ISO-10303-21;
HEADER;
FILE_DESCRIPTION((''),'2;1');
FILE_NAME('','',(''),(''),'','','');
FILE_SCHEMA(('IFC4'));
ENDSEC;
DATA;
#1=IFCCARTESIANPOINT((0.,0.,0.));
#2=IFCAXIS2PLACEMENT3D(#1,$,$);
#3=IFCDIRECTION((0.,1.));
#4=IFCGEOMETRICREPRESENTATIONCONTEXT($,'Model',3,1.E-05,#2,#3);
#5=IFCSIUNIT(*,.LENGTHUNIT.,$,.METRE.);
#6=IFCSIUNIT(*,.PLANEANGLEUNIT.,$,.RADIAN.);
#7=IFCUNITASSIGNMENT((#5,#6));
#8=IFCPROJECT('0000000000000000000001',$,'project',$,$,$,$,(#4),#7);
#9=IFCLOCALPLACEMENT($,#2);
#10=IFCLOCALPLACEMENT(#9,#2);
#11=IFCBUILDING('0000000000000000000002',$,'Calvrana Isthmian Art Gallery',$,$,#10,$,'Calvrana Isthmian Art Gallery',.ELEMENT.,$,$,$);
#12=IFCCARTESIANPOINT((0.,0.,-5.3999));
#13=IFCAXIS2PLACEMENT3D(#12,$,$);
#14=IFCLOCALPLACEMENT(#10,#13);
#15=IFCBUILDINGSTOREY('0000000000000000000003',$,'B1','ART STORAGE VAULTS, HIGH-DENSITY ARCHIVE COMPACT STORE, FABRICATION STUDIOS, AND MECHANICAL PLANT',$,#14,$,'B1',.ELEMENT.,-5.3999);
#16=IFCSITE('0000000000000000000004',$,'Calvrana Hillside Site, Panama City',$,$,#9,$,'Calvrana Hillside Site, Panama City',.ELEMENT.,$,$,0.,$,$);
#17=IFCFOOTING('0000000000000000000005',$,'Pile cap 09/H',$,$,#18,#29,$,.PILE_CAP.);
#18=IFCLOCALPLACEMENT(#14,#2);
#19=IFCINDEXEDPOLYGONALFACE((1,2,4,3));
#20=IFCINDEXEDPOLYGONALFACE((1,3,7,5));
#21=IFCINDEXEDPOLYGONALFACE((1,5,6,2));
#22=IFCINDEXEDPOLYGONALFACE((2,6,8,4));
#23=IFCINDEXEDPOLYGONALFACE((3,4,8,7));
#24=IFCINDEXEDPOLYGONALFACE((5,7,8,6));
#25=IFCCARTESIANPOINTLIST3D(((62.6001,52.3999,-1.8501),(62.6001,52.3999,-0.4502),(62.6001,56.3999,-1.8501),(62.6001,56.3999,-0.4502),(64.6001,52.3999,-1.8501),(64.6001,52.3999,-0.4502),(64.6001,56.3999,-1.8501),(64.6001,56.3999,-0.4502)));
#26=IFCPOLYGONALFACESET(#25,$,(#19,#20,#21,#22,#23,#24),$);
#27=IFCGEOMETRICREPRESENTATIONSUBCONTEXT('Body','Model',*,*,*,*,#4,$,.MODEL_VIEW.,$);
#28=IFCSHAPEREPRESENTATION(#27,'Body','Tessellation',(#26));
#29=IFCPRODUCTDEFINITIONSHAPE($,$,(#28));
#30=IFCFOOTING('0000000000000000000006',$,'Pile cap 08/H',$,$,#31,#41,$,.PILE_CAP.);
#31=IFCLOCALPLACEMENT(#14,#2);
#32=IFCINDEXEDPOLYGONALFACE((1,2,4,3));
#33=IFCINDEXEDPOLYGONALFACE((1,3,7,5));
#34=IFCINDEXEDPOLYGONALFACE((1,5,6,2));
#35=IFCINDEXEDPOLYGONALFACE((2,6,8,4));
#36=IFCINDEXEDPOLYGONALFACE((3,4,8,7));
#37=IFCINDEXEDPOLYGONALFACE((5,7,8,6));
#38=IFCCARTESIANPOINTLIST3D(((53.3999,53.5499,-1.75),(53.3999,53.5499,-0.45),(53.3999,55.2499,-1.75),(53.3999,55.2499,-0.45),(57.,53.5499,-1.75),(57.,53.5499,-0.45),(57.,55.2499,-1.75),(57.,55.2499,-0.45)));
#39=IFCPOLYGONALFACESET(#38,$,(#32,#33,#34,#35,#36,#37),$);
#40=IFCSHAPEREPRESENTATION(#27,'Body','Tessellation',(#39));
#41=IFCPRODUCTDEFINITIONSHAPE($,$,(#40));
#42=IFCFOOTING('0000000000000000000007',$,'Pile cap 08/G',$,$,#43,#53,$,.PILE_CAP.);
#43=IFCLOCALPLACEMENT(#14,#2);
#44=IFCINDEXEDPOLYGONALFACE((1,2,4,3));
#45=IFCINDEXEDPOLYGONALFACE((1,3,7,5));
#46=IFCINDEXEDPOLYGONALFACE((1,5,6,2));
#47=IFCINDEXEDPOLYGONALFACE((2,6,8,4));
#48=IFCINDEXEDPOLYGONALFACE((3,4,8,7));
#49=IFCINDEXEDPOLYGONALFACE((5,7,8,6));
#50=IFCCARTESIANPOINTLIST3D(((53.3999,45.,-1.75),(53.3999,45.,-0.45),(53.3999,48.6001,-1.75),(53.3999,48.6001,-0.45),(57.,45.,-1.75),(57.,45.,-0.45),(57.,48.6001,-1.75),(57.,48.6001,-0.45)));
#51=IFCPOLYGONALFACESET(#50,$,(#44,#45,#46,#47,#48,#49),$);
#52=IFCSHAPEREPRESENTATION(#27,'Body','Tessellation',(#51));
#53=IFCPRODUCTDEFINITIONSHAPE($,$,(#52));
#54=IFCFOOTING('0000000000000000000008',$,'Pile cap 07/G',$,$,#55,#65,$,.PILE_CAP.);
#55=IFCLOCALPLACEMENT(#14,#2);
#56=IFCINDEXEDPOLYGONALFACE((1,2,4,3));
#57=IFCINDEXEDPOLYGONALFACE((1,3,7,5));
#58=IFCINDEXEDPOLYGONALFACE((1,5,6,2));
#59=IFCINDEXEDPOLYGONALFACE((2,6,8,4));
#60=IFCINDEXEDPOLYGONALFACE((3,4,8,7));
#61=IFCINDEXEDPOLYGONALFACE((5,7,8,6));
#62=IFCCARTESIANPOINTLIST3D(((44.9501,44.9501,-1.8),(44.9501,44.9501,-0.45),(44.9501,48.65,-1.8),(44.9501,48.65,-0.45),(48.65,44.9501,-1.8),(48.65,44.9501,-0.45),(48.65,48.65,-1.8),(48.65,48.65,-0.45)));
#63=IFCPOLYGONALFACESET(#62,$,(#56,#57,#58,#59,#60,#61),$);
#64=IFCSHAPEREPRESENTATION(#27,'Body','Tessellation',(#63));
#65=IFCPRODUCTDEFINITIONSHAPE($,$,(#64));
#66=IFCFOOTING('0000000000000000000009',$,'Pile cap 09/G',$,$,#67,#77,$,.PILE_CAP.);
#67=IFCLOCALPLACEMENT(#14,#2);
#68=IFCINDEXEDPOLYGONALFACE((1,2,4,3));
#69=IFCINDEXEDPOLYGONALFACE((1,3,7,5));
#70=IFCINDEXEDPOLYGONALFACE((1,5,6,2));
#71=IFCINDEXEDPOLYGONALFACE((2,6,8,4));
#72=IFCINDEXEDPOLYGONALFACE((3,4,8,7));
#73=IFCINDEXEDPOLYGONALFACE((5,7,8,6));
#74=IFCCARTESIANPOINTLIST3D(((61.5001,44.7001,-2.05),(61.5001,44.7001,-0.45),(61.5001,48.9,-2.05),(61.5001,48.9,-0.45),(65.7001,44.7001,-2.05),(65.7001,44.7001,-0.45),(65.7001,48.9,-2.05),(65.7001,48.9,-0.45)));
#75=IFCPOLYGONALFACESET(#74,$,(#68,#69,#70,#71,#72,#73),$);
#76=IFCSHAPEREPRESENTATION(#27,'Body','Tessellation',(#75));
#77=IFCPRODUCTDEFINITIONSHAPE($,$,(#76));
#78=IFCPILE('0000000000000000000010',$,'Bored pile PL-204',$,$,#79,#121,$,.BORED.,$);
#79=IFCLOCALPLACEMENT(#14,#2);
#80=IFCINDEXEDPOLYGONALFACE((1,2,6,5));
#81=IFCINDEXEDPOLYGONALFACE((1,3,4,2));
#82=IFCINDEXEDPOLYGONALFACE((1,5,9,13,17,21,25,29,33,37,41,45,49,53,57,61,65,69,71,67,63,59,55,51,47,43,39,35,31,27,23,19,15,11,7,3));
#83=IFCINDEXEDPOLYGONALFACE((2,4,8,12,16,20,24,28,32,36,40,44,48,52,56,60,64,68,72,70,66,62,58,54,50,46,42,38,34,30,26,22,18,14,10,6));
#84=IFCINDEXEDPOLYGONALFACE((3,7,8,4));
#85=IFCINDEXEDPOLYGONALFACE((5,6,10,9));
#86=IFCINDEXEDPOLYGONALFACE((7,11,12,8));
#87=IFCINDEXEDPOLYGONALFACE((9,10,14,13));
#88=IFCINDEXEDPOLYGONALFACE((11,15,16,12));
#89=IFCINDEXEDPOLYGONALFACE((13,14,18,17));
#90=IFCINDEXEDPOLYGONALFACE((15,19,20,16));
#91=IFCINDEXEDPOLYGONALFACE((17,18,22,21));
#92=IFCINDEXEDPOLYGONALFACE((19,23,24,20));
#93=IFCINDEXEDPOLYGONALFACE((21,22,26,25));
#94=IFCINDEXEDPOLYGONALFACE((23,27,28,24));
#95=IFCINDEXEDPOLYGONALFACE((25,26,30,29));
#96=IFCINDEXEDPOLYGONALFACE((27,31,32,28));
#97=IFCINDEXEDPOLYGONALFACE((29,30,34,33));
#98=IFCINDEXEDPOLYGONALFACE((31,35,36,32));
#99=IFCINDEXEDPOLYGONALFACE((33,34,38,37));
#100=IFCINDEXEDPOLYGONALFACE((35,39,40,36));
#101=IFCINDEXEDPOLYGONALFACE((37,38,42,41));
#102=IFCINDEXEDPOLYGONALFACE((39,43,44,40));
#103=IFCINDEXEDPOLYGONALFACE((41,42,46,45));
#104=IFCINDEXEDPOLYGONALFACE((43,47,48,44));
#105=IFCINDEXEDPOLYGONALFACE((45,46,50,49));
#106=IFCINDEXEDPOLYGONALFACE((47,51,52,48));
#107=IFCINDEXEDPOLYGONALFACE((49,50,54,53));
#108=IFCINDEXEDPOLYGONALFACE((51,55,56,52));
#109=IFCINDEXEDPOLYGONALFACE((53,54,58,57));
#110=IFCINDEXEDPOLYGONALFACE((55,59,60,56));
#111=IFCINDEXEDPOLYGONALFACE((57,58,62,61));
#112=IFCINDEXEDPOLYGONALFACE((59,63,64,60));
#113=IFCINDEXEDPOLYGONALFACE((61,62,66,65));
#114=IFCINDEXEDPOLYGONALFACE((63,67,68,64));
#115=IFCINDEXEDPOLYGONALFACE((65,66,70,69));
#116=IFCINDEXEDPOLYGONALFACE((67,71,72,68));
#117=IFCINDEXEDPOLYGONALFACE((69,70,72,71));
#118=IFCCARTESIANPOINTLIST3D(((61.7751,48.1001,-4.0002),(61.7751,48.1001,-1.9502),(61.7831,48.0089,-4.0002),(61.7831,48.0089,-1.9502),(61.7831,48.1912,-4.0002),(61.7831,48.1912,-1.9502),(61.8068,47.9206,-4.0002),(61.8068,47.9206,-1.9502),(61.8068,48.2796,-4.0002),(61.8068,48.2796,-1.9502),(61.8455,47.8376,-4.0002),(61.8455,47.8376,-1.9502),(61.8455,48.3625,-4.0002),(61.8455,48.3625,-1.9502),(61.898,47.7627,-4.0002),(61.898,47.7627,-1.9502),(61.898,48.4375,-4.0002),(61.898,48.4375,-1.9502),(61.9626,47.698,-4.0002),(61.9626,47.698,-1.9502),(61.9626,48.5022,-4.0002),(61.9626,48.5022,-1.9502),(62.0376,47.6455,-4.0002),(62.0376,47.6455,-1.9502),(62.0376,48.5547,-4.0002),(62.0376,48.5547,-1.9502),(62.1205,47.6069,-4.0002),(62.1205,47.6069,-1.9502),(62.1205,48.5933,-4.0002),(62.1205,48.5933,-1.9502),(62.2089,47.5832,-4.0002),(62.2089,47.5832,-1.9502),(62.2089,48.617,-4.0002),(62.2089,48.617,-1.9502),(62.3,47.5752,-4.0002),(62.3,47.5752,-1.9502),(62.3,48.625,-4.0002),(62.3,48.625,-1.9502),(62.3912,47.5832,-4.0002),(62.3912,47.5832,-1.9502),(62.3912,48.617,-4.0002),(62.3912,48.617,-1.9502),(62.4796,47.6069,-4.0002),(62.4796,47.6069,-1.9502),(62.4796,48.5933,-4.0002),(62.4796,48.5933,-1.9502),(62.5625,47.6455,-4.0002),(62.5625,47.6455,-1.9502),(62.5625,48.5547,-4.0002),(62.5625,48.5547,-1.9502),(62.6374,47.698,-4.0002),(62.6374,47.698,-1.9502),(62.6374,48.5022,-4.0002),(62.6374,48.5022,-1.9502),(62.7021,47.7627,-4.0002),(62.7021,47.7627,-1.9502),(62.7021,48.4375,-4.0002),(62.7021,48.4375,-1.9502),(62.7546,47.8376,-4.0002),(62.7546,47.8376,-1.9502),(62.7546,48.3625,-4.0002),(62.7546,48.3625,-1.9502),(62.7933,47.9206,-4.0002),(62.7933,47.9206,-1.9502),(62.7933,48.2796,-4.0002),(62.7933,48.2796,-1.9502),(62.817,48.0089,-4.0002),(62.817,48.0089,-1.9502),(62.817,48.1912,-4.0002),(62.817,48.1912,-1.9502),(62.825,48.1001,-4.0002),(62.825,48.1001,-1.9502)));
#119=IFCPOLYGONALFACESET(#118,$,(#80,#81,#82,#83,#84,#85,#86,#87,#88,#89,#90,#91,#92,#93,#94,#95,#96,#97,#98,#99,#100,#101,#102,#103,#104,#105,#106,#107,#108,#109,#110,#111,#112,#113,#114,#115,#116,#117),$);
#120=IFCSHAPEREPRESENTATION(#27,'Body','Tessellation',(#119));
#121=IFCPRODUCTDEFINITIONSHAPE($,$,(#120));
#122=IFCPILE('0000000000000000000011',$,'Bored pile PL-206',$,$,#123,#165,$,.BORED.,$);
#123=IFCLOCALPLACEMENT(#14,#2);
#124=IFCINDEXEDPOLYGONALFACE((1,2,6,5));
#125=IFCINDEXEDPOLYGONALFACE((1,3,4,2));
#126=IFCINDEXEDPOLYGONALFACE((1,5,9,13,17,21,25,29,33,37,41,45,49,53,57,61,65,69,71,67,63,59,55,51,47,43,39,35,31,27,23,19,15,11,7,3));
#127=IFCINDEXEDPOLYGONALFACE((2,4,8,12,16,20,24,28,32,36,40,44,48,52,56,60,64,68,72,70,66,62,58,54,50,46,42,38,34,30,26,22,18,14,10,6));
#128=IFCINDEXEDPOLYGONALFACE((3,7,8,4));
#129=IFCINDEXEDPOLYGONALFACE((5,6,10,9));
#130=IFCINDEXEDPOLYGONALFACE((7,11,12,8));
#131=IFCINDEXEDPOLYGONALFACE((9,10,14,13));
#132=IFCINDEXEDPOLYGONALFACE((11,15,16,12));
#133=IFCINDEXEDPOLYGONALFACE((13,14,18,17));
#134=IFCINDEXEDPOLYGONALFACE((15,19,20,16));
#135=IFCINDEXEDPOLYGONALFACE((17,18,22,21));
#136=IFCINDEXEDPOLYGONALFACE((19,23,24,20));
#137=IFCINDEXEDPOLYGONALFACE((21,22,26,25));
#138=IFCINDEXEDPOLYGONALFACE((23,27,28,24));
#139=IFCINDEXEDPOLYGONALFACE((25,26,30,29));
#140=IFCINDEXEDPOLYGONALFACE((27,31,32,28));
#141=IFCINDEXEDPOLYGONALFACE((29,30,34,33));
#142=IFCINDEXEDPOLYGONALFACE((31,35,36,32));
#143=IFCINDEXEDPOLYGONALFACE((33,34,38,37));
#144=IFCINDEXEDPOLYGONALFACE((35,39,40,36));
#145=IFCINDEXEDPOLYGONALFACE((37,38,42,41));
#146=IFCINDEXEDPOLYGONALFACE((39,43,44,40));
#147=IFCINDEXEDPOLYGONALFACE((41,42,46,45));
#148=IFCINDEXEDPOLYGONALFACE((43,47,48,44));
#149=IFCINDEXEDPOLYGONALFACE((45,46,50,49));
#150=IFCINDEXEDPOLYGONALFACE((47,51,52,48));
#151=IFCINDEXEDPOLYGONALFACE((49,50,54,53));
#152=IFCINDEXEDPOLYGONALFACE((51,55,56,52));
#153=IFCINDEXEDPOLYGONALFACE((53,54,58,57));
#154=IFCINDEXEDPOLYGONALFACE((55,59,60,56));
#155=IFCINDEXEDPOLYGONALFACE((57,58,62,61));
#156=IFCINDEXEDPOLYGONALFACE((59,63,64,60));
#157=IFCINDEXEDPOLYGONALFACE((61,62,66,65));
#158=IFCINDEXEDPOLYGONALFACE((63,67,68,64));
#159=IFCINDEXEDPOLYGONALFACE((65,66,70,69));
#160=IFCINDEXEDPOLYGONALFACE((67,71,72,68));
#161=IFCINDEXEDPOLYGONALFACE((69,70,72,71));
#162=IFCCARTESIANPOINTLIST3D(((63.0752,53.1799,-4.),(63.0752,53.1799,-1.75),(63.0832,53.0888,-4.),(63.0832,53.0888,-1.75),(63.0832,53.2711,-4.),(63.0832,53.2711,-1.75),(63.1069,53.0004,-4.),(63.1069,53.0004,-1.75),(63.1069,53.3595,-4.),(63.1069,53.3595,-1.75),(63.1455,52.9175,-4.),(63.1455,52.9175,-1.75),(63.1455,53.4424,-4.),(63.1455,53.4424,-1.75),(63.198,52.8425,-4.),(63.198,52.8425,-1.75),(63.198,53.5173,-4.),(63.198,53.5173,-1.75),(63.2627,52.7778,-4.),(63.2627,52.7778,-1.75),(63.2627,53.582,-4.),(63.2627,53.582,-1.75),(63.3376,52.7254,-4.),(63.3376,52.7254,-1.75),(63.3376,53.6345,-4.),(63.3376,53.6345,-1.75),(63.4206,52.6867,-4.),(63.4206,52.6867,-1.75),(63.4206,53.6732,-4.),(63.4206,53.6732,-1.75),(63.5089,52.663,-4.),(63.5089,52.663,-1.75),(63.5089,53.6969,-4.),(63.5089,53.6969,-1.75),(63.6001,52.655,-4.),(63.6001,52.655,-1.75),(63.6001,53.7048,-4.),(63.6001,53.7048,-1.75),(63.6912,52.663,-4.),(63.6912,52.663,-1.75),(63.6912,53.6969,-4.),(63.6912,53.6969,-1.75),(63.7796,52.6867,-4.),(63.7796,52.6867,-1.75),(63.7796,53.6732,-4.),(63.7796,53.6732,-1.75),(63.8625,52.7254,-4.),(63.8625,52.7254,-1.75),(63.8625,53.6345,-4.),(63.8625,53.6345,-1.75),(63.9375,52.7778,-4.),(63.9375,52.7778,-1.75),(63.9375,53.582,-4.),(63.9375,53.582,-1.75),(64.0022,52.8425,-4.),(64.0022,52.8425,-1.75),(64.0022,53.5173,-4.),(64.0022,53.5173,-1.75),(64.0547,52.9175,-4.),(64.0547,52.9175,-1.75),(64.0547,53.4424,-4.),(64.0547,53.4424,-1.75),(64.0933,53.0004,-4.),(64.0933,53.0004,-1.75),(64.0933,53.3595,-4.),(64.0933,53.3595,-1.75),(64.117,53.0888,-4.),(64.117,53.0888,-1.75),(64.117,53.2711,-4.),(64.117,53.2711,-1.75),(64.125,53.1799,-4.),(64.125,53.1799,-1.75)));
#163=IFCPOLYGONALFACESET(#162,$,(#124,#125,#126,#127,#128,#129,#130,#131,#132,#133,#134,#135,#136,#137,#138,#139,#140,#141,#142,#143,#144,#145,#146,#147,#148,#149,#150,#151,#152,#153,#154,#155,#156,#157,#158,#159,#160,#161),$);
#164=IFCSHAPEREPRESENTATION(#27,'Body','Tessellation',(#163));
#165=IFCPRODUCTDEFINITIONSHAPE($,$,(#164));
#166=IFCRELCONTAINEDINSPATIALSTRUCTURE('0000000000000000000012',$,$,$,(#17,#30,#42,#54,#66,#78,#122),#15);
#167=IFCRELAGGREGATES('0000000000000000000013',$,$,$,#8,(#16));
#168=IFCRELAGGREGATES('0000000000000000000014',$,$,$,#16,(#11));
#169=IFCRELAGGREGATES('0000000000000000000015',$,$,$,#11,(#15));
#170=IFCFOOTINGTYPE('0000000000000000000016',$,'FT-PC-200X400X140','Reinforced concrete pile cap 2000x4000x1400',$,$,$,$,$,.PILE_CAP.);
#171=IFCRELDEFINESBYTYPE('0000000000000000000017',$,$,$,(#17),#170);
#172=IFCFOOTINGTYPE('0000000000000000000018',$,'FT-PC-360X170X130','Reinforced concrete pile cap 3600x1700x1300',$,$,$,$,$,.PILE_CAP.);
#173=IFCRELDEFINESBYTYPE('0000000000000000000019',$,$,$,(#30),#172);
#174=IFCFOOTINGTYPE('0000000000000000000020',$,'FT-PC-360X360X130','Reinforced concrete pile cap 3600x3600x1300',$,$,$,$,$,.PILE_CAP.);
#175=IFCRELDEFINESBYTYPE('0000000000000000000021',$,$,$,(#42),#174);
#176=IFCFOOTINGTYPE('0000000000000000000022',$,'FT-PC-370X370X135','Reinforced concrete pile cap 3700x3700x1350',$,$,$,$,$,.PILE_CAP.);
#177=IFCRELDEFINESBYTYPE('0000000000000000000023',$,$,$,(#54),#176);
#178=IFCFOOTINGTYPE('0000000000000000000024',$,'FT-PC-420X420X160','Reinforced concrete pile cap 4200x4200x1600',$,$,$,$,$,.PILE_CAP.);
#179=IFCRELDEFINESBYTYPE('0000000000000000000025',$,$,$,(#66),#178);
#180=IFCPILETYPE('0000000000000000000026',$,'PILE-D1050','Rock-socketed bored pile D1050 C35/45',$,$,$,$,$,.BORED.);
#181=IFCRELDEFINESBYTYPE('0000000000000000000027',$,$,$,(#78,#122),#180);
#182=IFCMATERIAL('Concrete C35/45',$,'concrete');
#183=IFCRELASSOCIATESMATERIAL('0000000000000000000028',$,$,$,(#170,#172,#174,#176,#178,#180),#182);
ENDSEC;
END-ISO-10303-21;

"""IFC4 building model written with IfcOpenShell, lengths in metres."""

from ifc_helpers import new_model, si_unit, direction, frame, origin, origin_2d, place, context, subcontext, project, spatial, rectangle, circle, extrude, material, material_profile, profile_set, type_object, element, save


model = new_model("IFC4")

# Units and contexts
model_context = context("Model", 3, precision=1e-05, world=origin(), true_north=direction((0.0, 1.0)))
body_context = subcontext(model_context, "Body", "Model", "MODEL_VIEW")
ifc_project = project(units=[si_unit("LENGTHUNIT", "METRE"), si_unit("PLANEANGLEUNIT", "RADIAN")], contexts=[model_context])

# Site, building, storey
site_placement = place(None, origin())
site = spatial("IfcSite", under=ifc_project, at=site_placement, Name="Calvrana Hillside Site, Panama City", LongName="Calvrana Hillside Site, Panama City", CompositionType="ELEMENT", RefElevation=0.0)
building_placement = place(site_placement, origin())
building = spatial("IfcBuilding", under=site, at=building_placement, Name="Calvrana Isthmian Art Gallery", LongName="Calvrana Isthmian Art Gallery", CompositionType="ELEMENT")
storey_placement = place(building_placement, frame((0.0, 0.0, -5.3999)))
storey = spatial("IfcBuildingStorey", under=building, at=storey_placement, Name="B1", Description="ART STORAGE VAULTS, HIGH-DENSITY ARCHIVE COMPACT STORE, FABRICATION STUDIOS, AND MECHANICAL PLANT", LongName="B1", CompositionType="ELEMENT", Elevation=-5.3999)

# Footings
ifc_material_1 = material(Name="Concrete C35/45", Category="concrete")
footing_type_1 = type_object("IfcFootingType", Name="FT-PC-200X400X140", Description="Reinforced concrete pile cap 2000x4000x1400", PredefinedType="PILE_CAP", material=ifc_material_1)
footing_1_placement = place(storey_placement, frame((63.6001, 54.3999, -1.8501), z_axis=(0.0, 0.0, 1.0), x_axis=(1.0, 0.0, 0.0)))
element("IfcFooting", 1, at=footing_1_placement, inside=storey, type_object=footing_type_1, Name="Pile cap 09/H", PredefinedType="PILE_CAP", context=body_context, shape_type="SweptSolid", body=[
    extrude(rectangle(XDim=2.0, YDim=4.0, at=origin_2d()), origin(), (0.0, 0.0, 1.0), 1.3999),
])
footing_type_2 = type_object("IfcFootingType", Name="FT-PC-360X170X130", Description="Reinforced concrete pile cap 3600x1700x1300", PredefinedType="PILE_CAP", material=ifc_material_1)
footing_2_placement = place(storey_placement, frame((55.2, 54.3999, -1.75), z_axis=(0.0, 0.0, 1.0), x_axis=(1.0, 0.0, 0.0)))
element("IfcFooting", 2, at=footing_2_placement, inside=storey, type_object=footing_type_2, Name="Pile cap 08/H", PredefinedType="PILE_CAP", context=body_context, shape_type="SweptSolid", body=[
    extrude(rectangle(XDim=3.6001, YDim=1.7, at=origin_2d()), origin(), (0.0, 0.0, 1.0), 1.3),
])
footing_type_3 = type_object("IfcFootingType", Name="FT-PC-360X360X130", Description="Reinforced concrete pile cap 3600x3600x1300", PredefinedType="PILE_CAP", material=ifc_material_1)
footing_3_placement = place(storey_placement, frame((55.2, 46.8, -1.75), z_axis=(0.0, 0.0, 1.0), x_axis=(1.0, 0.0, 0.0)))
element("IfcFooting", 3, at=footing_3_placement, inside=storey, type_object=footing_type_3, Name="Pile cap 08/G", PredefinedType="PILE_CAP", context=body_context, shape_type="SweptSolid", body=[
    extrude(rectangle(XDim=3.6001, YDim=3.6001, at=origin_2d()), origin(), (0.0, 0.0, 1.0), 1.3),
])
footing_type_4 = type_object("IfcFootingType", Name="FT-PC-370X370X135", Description="Reinforced concrete pile cap 3700x3700x1350", PredefinedType="PILE_CAP", material=ifc_material_1)
footing_4_placement = place(storey_placement, frame((46.8, 46.8, -1.8), z_axis=(0.0, 0.0, 1.0), x_axis=(1.0, 0.0, 0.0)))
element("IfcFooting", 4, at=footing_4_placement, inside=storey, type_object=footing_type_4, Name="Pile cap 07/G", PredefinedType="PILE_CAP", context=body_context, shape_type="SweptSolid", body=[
    extrude(rectangle(XDim=3.7, YDim=3.7, at=origin_2d()), origin(), (0.0, 0.0, 1.0), 1.3501),
])
footing_type_5 = type_object("IfcFootingType", Name="FT-PC-420X420X160", Description="Reinforced concrete pile cap 4200x4200x1600", PredefinedType="PILE_CAP", material=ifc_material_1)
footing_5_placement = place(storey_placement, frame((63.6001, 46.8, -2.05), z_axis=(0.0, 0.0, 1.0), x_axis=(1.0, 0.0, 0.0)))
element("IfcFooting", 5, at=footing_5_placement, inside=storey, type_object=footing_type_5, Name="Pile cap 09/G", PredefinedType="PILE_CAP", context=body_context, shape_type="SweptSolid", body=[
    extrude(rectangle(XDim=4.2, YDim=4.2, at=origin_2d()), origin(), (0.0, 0.0, 1.0), 1.6001),
])

# Piles
ifc_material_profile_1 = material_profile(ifc_material_1, circle(Radius=0.5249, at=origin_2d()), Name="PILE1050D")
ifc_profile_set_1 = profile_set([ifc_material_profile_1], Name="Concrete C35/45")
pile_type_1 = type_object("IfcPileType", Name="PILE-D1050", Description="Rock-socketed bored pile D1050 C35/45", PredefinedType="BORED", material=ifc_profile_set_1)
pile_placement = place(storey_placement, frame((62.3, 48.1001, -1.9502), z_axis=(0.0, 0.0, -1.0), x_axis=(1.0, 0.0, 0.0)))
element("IfcPile", 6, at=pile_placement, inside=storey, type_object=pile_type_1, Name="Bored pile PL-204", PredefinedType="BORED", context=body_context, shape_type="SweptSolid", body=[
    extrude(circle(Radius=0.5249, at=origin_2d()), origin(), (0.0, 0.0, 1.0), 2.05),
])
for number, where, z_axis, x_axis, name in (
    (7, (63.6001, 53.1799, -1.75), (0.0, 0.0, -1.0), (1.0, 0.0, 0.0), "Bored pile PL-206"),
):
    element("IfcPile", number, at=place(storey_placement, frame(where, z_axis=z_axis, x_axis=x_axis)), inside=storey, type_object=pile_type_1, Name=name, PredefinedType="BORED", context=body_context, shape_type="SweptSolid", body=[
        extrude(circle(Radius=0.5249, at=origin_2d()), origin(), (0.0, 0.0, 1.0), 2.25),
    ])

save(model, "model.ifc")
